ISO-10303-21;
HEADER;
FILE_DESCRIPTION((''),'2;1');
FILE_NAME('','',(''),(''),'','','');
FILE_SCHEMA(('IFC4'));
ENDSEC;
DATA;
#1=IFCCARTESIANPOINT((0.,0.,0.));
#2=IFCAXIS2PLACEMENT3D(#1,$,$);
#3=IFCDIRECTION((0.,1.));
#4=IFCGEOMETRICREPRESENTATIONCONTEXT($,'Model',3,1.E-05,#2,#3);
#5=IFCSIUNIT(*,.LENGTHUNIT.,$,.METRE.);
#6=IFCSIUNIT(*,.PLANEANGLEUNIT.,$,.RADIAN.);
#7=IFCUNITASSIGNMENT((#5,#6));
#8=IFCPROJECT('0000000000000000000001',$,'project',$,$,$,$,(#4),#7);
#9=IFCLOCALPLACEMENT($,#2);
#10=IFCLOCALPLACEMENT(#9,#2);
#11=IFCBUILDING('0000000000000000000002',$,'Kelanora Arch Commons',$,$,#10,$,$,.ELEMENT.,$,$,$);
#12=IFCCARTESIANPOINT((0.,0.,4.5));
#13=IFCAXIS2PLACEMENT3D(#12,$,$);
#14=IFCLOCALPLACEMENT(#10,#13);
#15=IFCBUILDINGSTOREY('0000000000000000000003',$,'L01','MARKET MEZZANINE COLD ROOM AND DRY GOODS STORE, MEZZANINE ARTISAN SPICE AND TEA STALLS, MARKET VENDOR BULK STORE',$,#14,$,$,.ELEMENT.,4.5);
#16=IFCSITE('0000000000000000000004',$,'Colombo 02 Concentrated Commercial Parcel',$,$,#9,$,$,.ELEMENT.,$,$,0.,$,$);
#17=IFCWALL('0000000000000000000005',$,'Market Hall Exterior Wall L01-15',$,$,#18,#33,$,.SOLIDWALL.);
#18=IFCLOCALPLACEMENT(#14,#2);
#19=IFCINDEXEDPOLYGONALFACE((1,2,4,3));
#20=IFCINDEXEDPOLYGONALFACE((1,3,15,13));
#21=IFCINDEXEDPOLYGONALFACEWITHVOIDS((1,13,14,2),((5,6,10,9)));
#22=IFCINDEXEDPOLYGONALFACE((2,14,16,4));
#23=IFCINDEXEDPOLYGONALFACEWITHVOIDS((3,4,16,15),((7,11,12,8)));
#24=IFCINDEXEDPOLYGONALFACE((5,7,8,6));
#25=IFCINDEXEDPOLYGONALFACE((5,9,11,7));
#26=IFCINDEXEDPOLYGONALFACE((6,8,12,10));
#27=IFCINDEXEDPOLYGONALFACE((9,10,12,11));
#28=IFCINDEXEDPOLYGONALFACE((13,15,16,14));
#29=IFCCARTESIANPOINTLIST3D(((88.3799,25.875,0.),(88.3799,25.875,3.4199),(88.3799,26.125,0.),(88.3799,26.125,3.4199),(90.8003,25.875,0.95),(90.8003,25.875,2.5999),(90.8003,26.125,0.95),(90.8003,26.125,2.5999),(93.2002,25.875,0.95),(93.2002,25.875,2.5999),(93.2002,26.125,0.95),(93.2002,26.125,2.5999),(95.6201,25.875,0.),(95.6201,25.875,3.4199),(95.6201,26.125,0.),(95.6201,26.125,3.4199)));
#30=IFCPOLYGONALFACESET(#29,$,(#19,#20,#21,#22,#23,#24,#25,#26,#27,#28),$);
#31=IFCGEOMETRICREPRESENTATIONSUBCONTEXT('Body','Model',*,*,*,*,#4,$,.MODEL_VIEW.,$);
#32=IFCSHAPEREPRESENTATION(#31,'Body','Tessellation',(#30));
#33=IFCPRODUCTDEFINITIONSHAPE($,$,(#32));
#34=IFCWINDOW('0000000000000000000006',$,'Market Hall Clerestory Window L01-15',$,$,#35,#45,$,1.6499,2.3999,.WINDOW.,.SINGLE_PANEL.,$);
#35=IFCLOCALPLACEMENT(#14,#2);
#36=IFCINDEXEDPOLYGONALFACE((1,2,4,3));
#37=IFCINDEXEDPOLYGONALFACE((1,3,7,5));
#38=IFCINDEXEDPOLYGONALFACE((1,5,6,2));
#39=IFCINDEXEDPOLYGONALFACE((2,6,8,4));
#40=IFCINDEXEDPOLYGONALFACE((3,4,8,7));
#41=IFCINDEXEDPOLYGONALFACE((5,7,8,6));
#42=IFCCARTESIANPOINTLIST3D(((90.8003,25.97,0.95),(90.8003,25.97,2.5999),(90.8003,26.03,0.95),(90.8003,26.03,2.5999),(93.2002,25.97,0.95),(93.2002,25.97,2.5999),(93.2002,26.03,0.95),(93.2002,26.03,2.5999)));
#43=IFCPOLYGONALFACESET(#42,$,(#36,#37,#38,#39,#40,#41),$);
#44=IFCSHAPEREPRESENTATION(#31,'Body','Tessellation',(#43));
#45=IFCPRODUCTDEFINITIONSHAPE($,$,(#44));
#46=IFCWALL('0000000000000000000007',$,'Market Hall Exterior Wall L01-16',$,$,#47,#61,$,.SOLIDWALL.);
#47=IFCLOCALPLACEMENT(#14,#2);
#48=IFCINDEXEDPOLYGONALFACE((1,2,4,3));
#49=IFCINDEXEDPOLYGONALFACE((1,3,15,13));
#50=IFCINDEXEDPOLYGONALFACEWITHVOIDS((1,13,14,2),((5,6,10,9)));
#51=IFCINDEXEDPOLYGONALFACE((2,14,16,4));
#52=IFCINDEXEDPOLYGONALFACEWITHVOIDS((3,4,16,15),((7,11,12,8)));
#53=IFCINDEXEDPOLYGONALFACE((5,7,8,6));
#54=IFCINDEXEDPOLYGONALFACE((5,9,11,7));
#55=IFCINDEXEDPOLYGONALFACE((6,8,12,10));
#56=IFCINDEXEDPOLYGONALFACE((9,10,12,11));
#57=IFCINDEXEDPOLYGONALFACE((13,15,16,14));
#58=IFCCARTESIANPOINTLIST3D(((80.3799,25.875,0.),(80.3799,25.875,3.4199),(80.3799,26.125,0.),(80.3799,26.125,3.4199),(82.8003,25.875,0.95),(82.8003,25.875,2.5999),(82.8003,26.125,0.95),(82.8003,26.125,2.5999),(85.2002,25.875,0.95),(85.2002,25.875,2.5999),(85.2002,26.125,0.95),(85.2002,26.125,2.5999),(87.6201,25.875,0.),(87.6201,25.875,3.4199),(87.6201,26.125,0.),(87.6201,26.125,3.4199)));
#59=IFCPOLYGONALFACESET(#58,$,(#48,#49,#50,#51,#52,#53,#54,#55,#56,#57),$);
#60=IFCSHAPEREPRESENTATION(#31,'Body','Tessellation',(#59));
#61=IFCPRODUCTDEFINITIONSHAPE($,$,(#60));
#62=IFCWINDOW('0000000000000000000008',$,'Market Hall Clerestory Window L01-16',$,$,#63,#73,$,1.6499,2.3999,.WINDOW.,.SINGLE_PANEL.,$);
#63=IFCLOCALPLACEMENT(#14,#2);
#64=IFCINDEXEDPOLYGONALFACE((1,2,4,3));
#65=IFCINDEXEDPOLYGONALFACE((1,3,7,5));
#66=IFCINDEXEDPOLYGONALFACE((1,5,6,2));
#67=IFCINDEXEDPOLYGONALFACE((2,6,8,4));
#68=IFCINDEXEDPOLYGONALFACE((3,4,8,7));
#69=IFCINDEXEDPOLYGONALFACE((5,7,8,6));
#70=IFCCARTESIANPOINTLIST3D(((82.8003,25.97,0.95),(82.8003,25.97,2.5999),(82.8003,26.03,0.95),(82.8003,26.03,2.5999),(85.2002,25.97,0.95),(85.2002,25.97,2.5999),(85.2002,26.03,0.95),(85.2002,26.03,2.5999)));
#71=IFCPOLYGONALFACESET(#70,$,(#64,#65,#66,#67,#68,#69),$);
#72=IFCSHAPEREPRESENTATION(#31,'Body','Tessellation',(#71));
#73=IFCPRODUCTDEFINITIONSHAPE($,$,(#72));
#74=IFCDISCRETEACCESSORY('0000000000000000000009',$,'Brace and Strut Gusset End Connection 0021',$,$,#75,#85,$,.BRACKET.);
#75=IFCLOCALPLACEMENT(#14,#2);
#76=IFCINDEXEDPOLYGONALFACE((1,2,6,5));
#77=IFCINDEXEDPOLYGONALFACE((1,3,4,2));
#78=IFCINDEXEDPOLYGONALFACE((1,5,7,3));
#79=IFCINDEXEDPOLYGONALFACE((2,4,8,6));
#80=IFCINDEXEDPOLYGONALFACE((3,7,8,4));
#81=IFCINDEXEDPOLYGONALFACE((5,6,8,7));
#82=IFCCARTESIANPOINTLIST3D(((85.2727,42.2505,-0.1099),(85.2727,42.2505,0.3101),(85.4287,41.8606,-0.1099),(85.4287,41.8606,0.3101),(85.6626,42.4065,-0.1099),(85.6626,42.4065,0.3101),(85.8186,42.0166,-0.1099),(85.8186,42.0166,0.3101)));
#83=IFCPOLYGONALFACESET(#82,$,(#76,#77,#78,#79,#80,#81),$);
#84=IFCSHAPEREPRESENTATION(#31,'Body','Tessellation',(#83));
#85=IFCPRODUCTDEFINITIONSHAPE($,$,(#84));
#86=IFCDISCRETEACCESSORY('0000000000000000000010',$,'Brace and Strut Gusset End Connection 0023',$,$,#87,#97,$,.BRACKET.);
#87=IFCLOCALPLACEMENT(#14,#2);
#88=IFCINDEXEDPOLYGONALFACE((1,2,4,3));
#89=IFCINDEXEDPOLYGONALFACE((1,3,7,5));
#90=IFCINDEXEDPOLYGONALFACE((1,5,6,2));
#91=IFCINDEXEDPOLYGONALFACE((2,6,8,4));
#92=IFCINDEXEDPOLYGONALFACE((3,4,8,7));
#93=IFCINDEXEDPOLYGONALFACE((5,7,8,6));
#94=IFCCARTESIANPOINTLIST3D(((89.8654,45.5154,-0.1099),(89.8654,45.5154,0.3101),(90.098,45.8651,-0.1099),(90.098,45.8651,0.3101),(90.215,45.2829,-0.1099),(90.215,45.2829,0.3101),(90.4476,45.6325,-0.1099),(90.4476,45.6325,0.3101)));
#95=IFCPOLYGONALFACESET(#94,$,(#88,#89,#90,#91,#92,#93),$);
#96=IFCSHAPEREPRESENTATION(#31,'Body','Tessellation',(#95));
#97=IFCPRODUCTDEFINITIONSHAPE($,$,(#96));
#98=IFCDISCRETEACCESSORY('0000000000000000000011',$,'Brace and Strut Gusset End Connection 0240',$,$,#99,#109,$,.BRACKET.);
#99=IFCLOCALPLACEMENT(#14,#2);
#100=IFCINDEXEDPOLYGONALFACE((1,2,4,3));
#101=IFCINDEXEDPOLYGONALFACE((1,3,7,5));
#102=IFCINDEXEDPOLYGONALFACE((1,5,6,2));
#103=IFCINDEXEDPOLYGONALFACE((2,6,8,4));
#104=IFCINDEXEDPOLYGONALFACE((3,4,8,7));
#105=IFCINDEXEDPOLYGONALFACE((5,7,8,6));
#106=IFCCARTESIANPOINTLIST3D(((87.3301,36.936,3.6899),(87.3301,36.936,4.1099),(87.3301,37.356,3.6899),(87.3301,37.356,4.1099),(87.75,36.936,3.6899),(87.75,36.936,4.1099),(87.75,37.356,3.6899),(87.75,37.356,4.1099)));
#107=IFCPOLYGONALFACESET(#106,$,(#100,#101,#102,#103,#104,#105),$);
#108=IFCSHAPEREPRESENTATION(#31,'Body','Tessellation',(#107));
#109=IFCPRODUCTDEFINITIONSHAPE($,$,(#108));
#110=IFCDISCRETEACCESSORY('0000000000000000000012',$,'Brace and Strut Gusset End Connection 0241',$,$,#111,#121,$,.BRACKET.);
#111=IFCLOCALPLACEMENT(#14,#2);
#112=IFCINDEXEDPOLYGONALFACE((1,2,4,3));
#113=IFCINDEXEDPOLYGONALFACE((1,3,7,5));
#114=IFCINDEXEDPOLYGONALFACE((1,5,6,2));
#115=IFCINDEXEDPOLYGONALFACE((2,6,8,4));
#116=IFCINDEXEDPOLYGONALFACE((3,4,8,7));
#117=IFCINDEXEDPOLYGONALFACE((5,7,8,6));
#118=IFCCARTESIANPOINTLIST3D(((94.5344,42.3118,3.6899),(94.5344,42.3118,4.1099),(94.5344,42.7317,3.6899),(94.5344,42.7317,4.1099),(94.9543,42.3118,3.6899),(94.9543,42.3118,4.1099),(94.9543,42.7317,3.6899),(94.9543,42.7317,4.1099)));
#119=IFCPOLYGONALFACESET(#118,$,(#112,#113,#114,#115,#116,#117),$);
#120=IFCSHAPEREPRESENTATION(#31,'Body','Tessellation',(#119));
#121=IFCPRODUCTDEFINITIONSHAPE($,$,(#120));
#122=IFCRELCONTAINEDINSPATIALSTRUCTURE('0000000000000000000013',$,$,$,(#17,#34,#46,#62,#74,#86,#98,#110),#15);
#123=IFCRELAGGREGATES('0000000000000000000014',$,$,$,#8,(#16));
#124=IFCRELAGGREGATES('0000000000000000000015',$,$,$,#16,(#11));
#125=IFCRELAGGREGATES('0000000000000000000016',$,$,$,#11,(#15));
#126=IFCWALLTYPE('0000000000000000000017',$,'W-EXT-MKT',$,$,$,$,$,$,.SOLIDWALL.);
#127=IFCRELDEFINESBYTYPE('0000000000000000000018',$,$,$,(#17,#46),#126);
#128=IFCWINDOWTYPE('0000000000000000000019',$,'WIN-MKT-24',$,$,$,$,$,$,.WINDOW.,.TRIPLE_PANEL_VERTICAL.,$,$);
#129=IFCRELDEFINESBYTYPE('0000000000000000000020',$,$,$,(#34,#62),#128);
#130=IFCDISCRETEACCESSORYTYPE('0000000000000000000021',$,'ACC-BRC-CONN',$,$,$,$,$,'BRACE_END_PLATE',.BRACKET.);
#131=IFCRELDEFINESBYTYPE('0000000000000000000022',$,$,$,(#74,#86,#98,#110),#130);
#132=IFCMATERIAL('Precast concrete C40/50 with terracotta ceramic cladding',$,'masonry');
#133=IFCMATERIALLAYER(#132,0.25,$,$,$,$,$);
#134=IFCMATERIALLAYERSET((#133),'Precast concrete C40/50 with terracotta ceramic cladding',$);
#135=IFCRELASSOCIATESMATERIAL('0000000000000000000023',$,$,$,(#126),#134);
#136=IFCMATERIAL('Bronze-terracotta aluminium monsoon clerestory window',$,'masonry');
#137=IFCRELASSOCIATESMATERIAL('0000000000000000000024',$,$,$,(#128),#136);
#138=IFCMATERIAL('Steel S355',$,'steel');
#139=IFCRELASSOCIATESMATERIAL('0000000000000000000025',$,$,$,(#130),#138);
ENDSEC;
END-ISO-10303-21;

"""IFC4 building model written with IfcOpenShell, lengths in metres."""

from ifc_helpers import new_model, si_unit, direction, frame, frame_2d, origin, origin_2d, place, context, subcontext, project, spatial, rectangle, extrude, source, transform, mapped, material, layer, layer_set, type_object, element, fill, save


model = new_model("IFC4")

# Units and contexts
model_context = context("Model", 3, precision=1e-05, world=origin(), true_north=direction((0.0, 1.0)))
body_context = subcontext(model_context, "Body", "Model", "MODEL_VIEW")
ifc_project = project(units=[si_unit("LENGTHUNIT", "METRE"), si_unit("PLANEANGLEUNIT", "RADIAN")], contexts=[model_context])

# Site, building, storey
site_placement = place(None, origin())
site = spatial("IfcSite", under=ifc_project, at=site_placement, Name="Colombo 02 Concentrated Commercial Parcel", CompositionType="ELEMENT", RefElevation=0.0)
building_placement = place(site_placement, origin())
building = spatial("IfcBuilding", under=site, at=building_placement, Name="Kelanora Arch Commons", CompositionType="ELEMENT")
storey_placement = place(building_placement, frame((0.0, 0.0, 4.5)))
storey = spatial("IfcBuildingStorey", under=building, at=storey_placement, Name="L01", Description="MARKET MEZZANINE COLD ROOM AND DRY GOODS STORE, MEZZANINE ARTISAN SPICE AND TEA STALLS, MARKET VENDOR BULK STORE", CompositionType="ELEMENT", Elevation=4.5)

# Shared definitions
ifc_material_1 = material(Name="Steel S355", Category="steel")

# Walls, openings, windows
ifc_material_2 = material(Name="Precast concrete C40/50 with terracotta ceramic cladding", Category="masonry")
ifc_layer_1 = layer(ifc_material_2, 0.25)
ifc_layer_set_1 = layer_set([ifc_layer_1], Name="Precast concrete C40/50 with terracotta ceramic cladding")
wall_type = type_object("IfcWallType", Name="W-EXT-MKT", PredefinedType="SOLIDWALL", material=ifc_layer_set_1)
wall_1_placement = place(storey_placement, frame((95.6201, 26.0, 0.0), z_axis=(0.0, 0.0, 1.0), x_axis=(-1.0, 0.0, 0.0)))
wall_1 = element("IfcWall", 1, at=wall_1_placement, inside=storey, type_object=wall_type, Name="Market Hall Exterior Wall L01-15", PredefinedType="SOLIDWALL", context=body_context, shape_type="SweptSolid", body=[
    extrude(rectangle(XDim=7.2402, YDim=0.25, at=frame_2d((3.6201, 0.0))), origin(), (0.0, 0.0, 1.0), 3.4199),
])
opening_1_placement = place(wall_1_placement, frame((2.4199, 0.0, 0.95)))
opening_1 = element("IfcOpeningElement", 2, at=opening_1_placement, cuts=wall_1, PredefinedType="OPENING", context=body_context, shape_type="SweptSolid", body=[
    extrude(rectangle(XDim=2.3999, YDim=1.6499, at=frame_2d((1.2, 0.825))), frame((0.0, 0.135, 0.0), z_axis=(0.0, -1.0, 0.0), x_axis=(1.0, 0.0, 0.0)), (0.0, 0.0, 1.0), 0.27),
])
ifc_material_3 = material(Name="Bronze-terracotta aluminium monsoon clerestory window", Category="masonry")
window_type = type_object("IfcWindowType", Name="WIN-MKT-24", PartitioningType="TRIPLE_PANEL_VERTICAL", PredefinedType="WINDOW", material=ifc_material_3)
window_1_placement = place(opening_1_placement, origin())
window_1 = element("IfcWindow", 3, at=window_1_placement, inside=storey, type_object=window_type, Name="Market Hall Clerestory Window L01-15", OverallHeight=1.6499, OverallWidth=2.3999, PartitioningType="SINGLE_PANEL", PredefinedType="WINDOW", context=body_context, shape_type="SweptSolid", body=[
    extrude(rectangle(XDim=2.3999, YDim=1.6499, at=frame_2d((1.2, 0.825))), frame((0.0, 0.03, 0.0), z_axis=(0.0, -1.0, 0.0), x_axis=(1.0, 0.0, 0.0)), (0.0, 0.0, 1.0), 0.0601),
])
fill(opening_1, window_1)
wall_2_placement = place(storey_placement, frame((87.6201, 26.0, 0.0), z_axis=(0.0, 0.0, 1.0), x_axis=(-1.0, 0.0, 0.0)))
wall_2 = element("IfcWall", 4, at=wall_2_placement, inside=storey, type_object=wall_type, Name="Market Hall Exterior Wall L01-16", PredefinedType="SOLIDWALL", context=body_context, shape_type="SweptSolid", body=[
    extrude(rectangle(XDim=7.2402, YDim=0.25, at=frame_2d((3.6201, 0.0))), origin(), (0.0, 0.0, 1.0), 3.4199),
])
opening_2_placement = place(wall_2_placement, frame((2.4199, 0.0, 0.95)))
opening_2 = element("IfcOpeningElement", 5, at=opening_2_placement, cuts=wall_2, PredefinedType="OPENING", context=body_context, shape_type="SweptSolid", body=[
    extrude(rectangle(XDim=2.3999, YDim=1.6499, at=frame_2d((1.2, 0.825))), frame((0.0, 0.135, 0.0), z_axis=(0.0, -1.0, 0.0), x_axis=(1.0, 0.0, 0.0)), (0.0, 0.0, 1.0), 0.27),
])
window_2_placement = place(opening_2_placement, origin())
window_2 = element("IfcWindow", 6, at=window_2_placement, inside=storey, type_object=window_type, Name="Market Hall Clerestory Window L01-16", OverallHeight=1.6499, OverallWidth=2.3999, PartitioningType="SINGLE_PANEL", PredefinedType="WINDOW", context=body_context, shape_type="SweptSolid", body=[
    extrude(rectangle(XDim=2.3999, YDim=1.6499, at=frame_2d((1.2, 0.825))), frame((0.0, 0.03, 0.0), z_axis=(0.0, -1.0, 0.0), x_axis=(1.0, 0.0, 0.0)), (0.0, 0.0, 1.0), 0.0601),
])
fill(opening_2, window_2)

# Discrete accessories
discrete_accessory_type = type_object("IfcDiscreteAccessoryType", Name="ACC-BRC-CONN", ElementType="BRACE_END_PLATE", PredefinedType="BRACKET", material=ifc_material_1)
shared_shape_1 = source(origin(), body_context, "Body", "SweptSolid", [
    extrude(rectangle(XDim=0.4199, YDim=0.4199, at=origin_2d()), origin(), (0.0, 0.0, 1.0), 0.4199),
])
for number, where, z_axis, x_axis, name in (
    (7, (85.5457, 42.1335, -0.1099), (0.0, 0.0, 1.0), (0.371368, -0.928486, 0.0), "Brace and Strut Gusset End Connection 0021"),
    (8, (90.1565, 45.574, -0.1099), (0.0, 0.0, 1.0), (0.832631, -0.553828, 0.0), "Brace and Strut Gusset End Connection 0023"),
    (9, (87.54, 37.146, 3.6899), (0.0, 0.0, 1.0), (1.0, 0.0, 0.0), "Brace and Strut Gusset End Connection 0240"),
    (10, (94.7444, 42.5217, 3.6899), (0.0, 0.0, 1.0), (1.0, 0.0, 0.0), "Brace and Strut Gusset End Connection 0241"),
):
    element("IfcDiscreteAccessory", number, at=place(storey_placement, frame(where, z_axis=z_axis, x_axis=x_axis)), inside=storey, type_object=discrete_accessory_type, Name=name, PredefinedType="BRACKET", context=body_context, shape_type="MappedRepresentation", body=[
        mapped(shared_shape_1, transform((0.0, 0.0, 0.0), scale=1.0)),
    ])

save(model, "model.ifc")
